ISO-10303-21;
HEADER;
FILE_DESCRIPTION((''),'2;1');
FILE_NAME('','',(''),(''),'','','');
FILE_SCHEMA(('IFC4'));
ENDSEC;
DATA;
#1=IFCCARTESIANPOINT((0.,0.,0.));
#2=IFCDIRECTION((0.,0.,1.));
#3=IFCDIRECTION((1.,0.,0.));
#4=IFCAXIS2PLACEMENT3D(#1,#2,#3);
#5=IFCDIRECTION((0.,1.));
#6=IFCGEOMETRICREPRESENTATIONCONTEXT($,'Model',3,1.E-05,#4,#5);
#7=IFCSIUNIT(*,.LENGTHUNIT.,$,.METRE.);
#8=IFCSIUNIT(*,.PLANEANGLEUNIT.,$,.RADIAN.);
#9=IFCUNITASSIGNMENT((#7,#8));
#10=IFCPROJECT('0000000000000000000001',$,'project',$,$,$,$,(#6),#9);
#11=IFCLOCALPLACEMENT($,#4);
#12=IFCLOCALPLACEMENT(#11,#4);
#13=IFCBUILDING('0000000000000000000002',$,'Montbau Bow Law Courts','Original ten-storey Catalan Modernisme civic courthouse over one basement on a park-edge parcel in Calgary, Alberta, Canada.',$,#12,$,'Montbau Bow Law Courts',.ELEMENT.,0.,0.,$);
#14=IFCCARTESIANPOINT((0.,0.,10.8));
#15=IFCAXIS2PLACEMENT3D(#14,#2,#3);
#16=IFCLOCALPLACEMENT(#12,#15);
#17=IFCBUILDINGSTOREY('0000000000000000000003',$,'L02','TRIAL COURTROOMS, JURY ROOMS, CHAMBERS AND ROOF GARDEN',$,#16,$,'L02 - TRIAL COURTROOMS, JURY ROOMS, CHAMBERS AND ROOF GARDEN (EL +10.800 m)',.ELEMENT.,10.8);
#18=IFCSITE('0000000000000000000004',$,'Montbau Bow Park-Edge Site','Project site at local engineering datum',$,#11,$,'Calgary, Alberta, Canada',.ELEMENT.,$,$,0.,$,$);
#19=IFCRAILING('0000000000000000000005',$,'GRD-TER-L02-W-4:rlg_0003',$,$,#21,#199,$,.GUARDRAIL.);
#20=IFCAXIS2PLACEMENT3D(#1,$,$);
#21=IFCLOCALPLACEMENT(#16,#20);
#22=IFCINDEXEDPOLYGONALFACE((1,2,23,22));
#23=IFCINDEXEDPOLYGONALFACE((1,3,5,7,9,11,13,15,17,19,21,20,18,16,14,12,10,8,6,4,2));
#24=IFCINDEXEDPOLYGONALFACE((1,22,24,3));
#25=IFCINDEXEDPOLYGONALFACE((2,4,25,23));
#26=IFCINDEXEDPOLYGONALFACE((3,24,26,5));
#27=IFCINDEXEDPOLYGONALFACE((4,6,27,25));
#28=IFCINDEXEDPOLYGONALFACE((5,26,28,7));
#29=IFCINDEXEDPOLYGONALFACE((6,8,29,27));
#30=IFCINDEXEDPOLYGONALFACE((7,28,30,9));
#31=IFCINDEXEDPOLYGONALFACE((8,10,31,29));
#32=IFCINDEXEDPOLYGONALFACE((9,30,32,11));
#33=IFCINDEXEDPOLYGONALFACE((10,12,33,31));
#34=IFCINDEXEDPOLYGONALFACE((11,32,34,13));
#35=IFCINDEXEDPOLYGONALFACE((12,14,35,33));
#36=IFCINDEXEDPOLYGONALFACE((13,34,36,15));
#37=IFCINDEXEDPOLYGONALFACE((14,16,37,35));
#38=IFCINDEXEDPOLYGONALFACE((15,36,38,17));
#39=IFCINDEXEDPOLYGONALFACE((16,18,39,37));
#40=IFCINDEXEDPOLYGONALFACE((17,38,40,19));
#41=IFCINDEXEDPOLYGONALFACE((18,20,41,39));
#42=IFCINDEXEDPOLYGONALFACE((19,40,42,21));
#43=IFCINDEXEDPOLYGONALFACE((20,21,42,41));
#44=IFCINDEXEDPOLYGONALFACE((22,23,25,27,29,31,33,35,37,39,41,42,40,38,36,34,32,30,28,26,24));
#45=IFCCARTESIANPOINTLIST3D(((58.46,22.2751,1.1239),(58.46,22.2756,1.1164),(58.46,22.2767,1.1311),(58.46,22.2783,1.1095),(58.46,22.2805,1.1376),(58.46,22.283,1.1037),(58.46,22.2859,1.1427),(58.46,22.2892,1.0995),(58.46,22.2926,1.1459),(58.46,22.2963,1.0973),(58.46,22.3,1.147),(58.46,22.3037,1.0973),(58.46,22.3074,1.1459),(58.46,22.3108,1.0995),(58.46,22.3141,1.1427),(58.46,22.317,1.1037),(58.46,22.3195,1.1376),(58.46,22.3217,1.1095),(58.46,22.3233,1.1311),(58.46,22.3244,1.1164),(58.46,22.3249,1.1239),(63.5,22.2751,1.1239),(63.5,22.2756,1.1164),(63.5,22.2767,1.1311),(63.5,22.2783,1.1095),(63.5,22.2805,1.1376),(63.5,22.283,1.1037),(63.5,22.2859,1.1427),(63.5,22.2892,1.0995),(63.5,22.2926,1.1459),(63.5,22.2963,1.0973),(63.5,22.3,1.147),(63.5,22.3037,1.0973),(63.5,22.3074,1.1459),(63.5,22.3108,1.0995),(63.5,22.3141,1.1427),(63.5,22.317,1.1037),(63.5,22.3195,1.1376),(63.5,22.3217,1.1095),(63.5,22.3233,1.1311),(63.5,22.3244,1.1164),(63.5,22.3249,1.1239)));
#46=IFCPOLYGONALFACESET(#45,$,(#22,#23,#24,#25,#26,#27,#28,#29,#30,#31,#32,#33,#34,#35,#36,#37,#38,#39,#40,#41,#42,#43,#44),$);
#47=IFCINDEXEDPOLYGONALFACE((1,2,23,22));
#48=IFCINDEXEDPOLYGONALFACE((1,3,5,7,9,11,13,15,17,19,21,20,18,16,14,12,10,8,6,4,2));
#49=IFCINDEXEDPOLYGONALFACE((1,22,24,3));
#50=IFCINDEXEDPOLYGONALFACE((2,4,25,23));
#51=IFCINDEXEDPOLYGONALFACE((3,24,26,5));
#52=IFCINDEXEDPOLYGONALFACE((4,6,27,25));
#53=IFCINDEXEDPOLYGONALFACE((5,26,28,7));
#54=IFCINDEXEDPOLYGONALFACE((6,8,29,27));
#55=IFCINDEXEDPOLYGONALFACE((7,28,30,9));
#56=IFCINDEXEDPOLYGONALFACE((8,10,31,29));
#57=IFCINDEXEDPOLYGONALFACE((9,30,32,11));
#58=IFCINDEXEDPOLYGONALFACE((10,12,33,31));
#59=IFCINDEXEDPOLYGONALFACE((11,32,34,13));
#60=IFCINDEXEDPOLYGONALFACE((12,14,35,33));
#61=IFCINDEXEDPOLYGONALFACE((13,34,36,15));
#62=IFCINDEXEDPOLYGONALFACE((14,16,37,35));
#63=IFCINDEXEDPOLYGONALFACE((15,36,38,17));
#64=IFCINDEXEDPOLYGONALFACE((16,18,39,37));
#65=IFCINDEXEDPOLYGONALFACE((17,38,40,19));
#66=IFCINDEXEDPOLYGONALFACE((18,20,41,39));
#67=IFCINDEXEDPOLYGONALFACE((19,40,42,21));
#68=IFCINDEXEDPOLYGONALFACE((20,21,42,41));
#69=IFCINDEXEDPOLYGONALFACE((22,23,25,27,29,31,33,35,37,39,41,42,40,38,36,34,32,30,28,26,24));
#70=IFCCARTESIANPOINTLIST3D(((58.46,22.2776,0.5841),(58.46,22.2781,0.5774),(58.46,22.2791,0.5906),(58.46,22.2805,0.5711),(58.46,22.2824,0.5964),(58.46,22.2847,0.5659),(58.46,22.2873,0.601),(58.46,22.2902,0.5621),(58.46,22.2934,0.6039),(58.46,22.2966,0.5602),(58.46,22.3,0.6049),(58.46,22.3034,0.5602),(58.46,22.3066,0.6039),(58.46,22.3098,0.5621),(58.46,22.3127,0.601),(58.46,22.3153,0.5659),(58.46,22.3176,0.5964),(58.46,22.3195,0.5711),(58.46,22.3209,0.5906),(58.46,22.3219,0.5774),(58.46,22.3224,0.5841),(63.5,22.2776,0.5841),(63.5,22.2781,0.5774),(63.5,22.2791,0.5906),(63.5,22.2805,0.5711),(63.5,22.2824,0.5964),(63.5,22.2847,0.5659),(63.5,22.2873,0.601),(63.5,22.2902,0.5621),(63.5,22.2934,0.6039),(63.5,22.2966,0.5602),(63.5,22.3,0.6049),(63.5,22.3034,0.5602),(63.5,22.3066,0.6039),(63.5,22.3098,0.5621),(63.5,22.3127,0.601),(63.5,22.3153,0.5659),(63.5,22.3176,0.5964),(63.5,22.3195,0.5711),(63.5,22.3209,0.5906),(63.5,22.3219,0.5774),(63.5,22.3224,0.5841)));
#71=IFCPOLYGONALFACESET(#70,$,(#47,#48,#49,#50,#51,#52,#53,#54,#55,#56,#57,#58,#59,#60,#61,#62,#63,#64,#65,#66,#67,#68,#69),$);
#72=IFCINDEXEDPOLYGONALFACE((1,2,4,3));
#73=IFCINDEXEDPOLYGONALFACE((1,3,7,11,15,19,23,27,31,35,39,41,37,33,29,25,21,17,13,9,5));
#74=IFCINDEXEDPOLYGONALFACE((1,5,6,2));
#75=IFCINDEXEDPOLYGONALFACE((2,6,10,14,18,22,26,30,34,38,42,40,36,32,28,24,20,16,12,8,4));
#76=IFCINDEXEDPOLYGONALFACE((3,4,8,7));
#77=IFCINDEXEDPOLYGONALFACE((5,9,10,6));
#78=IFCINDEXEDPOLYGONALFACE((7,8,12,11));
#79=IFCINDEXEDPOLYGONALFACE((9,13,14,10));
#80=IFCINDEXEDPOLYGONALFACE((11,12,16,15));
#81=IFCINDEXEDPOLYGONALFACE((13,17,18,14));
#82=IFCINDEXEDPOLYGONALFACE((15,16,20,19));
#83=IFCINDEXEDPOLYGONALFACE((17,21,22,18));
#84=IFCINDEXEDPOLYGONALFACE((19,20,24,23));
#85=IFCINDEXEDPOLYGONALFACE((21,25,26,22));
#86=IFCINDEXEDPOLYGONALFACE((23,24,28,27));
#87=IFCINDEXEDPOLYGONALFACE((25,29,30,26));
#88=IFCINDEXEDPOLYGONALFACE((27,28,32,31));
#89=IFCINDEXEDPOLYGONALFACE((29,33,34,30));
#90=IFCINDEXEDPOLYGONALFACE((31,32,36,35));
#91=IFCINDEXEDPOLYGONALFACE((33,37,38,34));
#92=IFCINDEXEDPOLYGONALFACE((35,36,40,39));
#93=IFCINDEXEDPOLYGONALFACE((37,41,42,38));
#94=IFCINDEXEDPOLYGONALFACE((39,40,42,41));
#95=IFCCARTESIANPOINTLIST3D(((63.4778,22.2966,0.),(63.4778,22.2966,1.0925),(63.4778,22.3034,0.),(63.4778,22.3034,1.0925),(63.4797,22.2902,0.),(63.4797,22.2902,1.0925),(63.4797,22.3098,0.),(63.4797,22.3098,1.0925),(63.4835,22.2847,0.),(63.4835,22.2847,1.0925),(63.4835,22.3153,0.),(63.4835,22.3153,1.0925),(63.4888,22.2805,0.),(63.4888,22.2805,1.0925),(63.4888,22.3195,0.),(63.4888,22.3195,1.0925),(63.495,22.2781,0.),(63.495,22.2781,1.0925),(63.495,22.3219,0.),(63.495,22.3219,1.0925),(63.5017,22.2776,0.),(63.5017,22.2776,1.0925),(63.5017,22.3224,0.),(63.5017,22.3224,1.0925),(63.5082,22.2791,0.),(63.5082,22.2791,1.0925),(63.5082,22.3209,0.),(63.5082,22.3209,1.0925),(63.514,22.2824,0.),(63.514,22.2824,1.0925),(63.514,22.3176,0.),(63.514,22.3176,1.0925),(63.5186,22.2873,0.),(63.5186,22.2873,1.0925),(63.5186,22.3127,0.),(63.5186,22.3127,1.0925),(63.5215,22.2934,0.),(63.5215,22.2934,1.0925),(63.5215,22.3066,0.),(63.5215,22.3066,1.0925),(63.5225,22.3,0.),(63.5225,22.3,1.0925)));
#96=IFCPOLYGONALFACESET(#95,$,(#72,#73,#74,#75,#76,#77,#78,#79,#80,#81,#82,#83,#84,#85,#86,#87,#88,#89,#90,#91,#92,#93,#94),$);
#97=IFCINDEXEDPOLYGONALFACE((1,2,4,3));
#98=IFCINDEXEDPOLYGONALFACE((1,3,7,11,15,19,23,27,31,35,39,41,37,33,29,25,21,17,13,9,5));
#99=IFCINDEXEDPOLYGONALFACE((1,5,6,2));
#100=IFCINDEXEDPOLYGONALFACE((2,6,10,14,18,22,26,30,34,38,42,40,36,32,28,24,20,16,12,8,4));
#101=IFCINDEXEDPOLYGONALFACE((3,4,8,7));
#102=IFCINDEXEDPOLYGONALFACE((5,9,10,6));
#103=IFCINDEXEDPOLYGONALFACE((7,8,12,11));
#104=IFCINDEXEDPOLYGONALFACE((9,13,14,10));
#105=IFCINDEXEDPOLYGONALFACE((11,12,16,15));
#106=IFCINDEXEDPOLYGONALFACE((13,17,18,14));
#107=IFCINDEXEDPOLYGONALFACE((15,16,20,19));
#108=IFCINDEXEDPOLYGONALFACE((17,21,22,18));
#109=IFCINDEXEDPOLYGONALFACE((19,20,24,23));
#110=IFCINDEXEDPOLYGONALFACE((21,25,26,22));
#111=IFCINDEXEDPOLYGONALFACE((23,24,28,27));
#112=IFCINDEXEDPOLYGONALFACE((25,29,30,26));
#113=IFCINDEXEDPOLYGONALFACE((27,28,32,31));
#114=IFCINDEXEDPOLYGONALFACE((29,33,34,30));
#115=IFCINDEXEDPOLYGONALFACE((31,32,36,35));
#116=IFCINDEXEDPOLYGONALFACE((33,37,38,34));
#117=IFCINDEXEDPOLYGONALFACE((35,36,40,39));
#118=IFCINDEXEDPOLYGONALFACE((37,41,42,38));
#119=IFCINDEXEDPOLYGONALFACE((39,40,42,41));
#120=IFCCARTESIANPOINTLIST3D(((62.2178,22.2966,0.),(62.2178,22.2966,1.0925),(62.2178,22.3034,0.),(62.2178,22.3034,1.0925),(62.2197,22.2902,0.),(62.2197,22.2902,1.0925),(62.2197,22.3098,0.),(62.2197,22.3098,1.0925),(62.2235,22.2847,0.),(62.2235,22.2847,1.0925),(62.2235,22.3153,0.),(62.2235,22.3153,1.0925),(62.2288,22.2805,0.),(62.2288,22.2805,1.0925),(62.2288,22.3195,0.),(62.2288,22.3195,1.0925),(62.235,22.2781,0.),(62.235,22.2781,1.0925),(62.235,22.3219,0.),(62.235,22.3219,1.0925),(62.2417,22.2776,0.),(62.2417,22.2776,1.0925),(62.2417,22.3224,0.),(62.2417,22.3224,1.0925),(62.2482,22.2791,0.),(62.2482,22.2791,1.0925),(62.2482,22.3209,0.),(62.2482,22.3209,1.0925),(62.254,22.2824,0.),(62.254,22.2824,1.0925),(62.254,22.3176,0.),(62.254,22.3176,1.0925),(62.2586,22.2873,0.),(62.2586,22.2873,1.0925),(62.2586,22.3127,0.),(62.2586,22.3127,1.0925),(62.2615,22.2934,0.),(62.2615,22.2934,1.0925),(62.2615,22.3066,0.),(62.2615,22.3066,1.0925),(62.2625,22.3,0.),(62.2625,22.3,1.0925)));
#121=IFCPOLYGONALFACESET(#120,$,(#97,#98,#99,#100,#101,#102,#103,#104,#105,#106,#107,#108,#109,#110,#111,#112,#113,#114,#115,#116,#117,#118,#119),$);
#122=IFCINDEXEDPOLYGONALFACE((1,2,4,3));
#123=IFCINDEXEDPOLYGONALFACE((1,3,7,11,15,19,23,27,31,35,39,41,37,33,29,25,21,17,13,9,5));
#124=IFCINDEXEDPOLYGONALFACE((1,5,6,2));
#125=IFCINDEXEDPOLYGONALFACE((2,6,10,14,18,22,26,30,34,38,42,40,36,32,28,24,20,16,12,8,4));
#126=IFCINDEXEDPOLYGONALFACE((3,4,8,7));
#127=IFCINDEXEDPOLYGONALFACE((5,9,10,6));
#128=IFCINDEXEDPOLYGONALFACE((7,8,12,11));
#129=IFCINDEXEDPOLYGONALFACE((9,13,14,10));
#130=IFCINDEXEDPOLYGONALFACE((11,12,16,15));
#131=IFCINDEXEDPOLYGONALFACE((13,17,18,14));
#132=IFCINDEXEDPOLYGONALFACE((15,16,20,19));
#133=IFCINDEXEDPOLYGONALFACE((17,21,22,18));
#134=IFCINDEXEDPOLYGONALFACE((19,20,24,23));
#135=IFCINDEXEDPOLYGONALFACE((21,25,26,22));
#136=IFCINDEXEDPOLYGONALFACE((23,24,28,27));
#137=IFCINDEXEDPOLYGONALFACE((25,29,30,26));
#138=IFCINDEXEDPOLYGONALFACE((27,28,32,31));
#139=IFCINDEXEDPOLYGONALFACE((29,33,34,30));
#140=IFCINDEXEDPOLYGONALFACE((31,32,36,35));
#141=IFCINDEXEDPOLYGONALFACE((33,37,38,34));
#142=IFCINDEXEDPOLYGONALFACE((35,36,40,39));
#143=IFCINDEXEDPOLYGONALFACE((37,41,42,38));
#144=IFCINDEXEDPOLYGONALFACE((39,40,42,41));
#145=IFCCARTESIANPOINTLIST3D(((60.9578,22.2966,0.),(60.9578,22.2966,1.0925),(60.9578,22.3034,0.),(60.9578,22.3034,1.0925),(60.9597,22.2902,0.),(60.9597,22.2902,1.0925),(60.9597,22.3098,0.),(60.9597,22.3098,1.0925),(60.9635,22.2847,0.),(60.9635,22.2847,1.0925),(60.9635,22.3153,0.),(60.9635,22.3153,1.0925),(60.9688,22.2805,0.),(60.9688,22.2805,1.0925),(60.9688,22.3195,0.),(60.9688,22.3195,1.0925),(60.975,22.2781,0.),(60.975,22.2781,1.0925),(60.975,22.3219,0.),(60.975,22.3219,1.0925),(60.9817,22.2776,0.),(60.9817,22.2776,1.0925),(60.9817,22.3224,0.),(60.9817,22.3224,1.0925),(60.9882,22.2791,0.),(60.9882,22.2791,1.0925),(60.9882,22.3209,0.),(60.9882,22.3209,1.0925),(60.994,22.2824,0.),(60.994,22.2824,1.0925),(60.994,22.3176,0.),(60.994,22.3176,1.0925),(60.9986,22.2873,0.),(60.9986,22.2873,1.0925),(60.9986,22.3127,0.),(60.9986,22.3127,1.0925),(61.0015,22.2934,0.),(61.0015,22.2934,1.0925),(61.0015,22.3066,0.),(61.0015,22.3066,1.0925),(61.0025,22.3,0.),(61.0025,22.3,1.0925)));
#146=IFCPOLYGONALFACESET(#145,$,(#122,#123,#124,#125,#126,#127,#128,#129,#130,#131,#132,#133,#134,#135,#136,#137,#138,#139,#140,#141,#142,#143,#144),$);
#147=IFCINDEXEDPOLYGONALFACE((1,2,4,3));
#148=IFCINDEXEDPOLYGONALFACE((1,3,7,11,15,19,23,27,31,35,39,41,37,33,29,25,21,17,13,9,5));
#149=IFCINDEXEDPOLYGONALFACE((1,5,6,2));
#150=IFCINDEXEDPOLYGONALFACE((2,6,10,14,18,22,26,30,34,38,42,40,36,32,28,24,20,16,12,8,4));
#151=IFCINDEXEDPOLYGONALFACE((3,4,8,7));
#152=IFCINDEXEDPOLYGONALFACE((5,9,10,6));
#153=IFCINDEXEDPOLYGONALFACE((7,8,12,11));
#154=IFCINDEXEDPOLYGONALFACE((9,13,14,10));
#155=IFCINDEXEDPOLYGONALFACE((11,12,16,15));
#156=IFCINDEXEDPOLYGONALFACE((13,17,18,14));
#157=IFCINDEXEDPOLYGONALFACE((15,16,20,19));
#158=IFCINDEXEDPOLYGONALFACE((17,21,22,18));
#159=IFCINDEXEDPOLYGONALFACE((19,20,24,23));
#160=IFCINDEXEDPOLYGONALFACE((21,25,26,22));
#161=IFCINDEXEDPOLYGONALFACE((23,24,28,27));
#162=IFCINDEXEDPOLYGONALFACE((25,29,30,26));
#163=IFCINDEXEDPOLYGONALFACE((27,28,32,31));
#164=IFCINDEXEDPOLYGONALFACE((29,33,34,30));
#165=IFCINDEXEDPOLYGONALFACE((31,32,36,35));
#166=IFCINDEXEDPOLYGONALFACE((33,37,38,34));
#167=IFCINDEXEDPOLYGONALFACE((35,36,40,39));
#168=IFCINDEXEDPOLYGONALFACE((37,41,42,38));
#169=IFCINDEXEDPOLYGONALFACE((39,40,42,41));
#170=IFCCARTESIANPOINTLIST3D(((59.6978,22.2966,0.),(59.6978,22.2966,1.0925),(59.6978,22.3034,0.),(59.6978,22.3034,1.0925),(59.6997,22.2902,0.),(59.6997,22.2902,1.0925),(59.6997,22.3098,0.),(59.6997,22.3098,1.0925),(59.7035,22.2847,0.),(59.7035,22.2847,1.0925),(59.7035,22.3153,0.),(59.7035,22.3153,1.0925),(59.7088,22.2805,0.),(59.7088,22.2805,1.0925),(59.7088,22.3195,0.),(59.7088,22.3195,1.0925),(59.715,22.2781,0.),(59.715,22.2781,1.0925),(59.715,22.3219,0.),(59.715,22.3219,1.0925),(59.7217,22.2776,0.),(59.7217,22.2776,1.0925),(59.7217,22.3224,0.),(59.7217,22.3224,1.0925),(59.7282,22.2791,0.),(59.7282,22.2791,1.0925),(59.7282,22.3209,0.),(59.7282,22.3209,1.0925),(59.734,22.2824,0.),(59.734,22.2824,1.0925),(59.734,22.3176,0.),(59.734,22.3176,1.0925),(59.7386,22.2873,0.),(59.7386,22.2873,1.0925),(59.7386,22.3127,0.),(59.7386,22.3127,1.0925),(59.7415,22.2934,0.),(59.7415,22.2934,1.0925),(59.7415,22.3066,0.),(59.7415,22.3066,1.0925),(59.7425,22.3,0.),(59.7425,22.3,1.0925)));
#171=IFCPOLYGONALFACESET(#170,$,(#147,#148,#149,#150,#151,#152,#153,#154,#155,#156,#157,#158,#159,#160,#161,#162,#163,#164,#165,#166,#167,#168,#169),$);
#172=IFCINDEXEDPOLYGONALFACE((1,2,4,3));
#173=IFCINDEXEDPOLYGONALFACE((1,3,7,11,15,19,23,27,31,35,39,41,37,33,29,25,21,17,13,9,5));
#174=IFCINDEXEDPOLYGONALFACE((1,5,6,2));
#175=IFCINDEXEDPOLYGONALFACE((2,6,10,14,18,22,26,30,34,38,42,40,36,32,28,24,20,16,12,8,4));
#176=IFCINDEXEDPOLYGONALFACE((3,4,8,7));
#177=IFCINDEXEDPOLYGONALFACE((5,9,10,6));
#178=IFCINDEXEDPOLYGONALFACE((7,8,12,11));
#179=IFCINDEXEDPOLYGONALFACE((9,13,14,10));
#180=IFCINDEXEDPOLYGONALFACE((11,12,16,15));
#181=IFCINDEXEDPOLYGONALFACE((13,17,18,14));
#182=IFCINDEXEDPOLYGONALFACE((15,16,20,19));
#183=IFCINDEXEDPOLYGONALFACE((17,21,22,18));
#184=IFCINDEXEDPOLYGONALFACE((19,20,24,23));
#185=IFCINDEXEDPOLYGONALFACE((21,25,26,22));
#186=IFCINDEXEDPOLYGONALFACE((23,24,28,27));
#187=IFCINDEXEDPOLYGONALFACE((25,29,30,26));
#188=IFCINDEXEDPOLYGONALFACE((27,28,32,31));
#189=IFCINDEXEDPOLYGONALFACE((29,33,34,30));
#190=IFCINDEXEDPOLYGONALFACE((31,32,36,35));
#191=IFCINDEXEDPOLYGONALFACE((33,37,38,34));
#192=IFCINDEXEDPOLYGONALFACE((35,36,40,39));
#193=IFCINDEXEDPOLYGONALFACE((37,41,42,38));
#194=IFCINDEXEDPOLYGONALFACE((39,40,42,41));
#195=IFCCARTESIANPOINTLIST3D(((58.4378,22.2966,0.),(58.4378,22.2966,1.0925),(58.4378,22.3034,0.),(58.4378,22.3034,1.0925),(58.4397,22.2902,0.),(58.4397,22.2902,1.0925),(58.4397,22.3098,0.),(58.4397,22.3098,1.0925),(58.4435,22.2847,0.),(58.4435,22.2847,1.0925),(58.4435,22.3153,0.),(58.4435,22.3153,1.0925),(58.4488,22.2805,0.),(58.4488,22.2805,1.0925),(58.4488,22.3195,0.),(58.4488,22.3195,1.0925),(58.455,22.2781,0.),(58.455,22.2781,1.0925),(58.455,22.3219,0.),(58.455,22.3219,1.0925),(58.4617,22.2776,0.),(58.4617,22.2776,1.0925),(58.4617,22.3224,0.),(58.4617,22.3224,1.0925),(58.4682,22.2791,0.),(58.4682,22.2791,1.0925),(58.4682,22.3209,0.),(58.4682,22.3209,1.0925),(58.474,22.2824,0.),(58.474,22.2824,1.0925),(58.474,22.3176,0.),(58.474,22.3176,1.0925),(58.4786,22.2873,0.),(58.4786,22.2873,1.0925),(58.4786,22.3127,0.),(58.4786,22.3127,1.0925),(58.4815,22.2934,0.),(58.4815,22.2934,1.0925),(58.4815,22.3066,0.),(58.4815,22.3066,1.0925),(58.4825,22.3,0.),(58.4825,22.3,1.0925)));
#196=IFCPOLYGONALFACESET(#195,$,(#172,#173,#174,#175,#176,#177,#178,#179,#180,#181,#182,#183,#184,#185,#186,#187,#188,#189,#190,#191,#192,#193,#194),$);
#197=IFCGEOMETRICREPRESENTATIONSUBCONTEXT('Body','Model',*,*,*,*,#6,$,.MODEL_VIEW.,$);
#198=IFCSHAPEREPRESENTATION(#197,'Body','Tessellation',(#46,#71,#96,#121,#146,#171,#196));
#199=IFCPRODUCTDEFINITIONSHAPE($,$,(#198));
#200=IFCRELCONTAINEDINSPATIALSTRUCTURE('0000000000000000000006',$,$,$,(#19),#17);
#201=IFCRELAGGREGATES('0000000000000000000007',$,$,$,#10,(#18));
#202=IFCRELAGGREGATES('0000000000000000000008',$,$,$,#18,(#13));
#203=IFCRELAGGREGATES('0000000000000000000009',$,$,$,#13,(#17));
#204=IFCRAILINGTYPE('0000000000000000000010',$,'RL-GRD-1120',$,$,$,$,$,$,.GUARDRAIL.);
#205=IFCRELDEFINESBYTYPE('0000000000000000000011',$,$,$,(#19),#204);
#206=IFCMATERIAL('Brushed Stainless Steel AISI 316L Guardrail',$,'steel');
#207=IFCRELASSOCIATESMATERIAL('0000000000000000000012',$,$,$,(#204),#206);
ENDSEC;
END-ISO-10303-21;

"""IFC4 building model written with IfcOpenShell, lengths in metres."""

from ifc_helpers import new_model, si_unit, direction, frame, origin_with_axes, origin_2d_with_axis, place, context, subcontext, project, spatial, circle, extrude, material, type_object, element, save


model = new_model("IFC4")

# Units and contexts
model_context = context("Model", 3, precision=1e-05, world=origin_with_axes(), true_north=direction((0.0, 1.0)))
body_context = subcontext(model_context, "Body", "Model", "MODEL_VIEW")
ifc_project = project(units=[si_unit("LENGTHUNIT", "METRE"), si_unit("PLANEANGLEUNIT", "RADIAN")], contexts=[model_context])

# Site, building, storey
site_placement = place(None, origin_with_axes())
site = spatial("IfcSite", under=ifc_project, at=site_placement, Name="Montbau Bow Park-Edge Site", Description="Project site at local engineering datum", LongName="Calgary, Alberta, Canada", CompositionType="ELEMENT", RefElevation=0.0)
building_placement = place(site_placement, origin_with_axes())
building = spatial("IfcBuilding", under=site, at=building_placement, Name="Montbau Bow Law Courts", Description="Original ten-storey Catalan Modernisme civic courthouse over one basement on a park-edge parcel in Calgary, Alberta, Canada.", LongName="Montbau Bow Law Courts", CompositionType="ELEMENT", ElevationOfRefHeight=0.0, ElevationOfTerrain=0.0)
storey_placement = place(building_placement, frame((0.0, 0.0, 10.8), z_axis=(0.0, 0.0, 1.0), x_axis=(1.0, 0.0, 0.0)))
storey = spatial("IfcBuildingStorey", under=building, at=storey_placement, Name="L02", Description="TRIAL COURTROOMS, JURY ROOMS, CHAMBERS AND ROOF GARDEN", LongName="L02 - TRIAL COURTROOMS, JURY ROOMS, CHAMBERS AND ROOF GARDEN (EL +10.800 m)", CompositionType="ELEMENT", Elevation=10.8)

# Railing
ifc_material_1 = material(Name="Brushed Stainless Steel AISI 316L Guardrail", Category="steel")
railing_type_1 = type_object("IfcRailingType", Name="RL-GRD-1120", PredefinedType="GUARDRAIL", material=ifc_material_1)
railing_1_placement = place(None, origin_with_axes())
element("IfcRailing", 1, at=railing_1_placement, inside=storey, type_object=railing_type_1, Name="GRD-TER-L02-W-4:rlg_0003", PredefinedType="GUARDRAIL", context=body_context, shape_type="SweptSolid", body=[
    extrude(circle(Radius=0.025, at=origin_2d_with_axis()), frame((63.5, 22.3, 11.922), z_axis=(-1.0, 0.0, 0.0), x_axis=(0.0, 0.0, 1.0)), (0.0, 0.0, 1.0), 5.04),
    extrude(circle(Radius=0.0225, at=origin_2d_with_axis()), frame((63.5, 22.3, 11.3824), z_axis=(-1.0, 0.0, 0.0), x_axis=(0.0, 0.0, 1.0)), (0.0, 0.0, 1.0), 5.04),
    extrude(circle(Radius=0.0225, at=origin_2d_with_axis()), frame((63.5, 22.3, 10.8), z_axis=(0.0, 0.0, 1.0), x_axis=(1.0, 0.0, 0.0)), (0.0, 0.0, 1.0), 1.0925),
    extrude(circle(Radius=0.0225, at=origin_2d_with_axis()), frame((62.24, 22.3, 10.8), z_axis=(0.0, 0.0, 1.0), x_axis=(1.0, 0.0, 0.0)), (0.0, 0.0, 1.0), 1.0925),
    extrude(circle(Radius=0.0225, at=origin_2d_with_axis()), frame((60.98, 22.3, 10.8), z_axis=(0.0, 0.0, 1.0), x_axis=(1.0, 0.0, 0.0)), (0.0, 0.0, 1.0), 1.0925),
    extrude(circle(Radius=0.0225, at=origin_2d_with_axis()), frame((59.72, 22.3, 10.8), z_axis=(0.0, 0.0, 1.0), x_axis=(1.0, 0.0, 0.0)), (0.0, 0.0, 1.0), 1.0925),
    extrude(circle(Radius=0.0225, at=origin_2d_with_axis()), frame((58.46, 22.3, 10.8), z_axis=(0.0, 0.0, 1.0), x_axis=(1.0, 0.0, 0.0)), (0.0, 0.0, 1.0), 1.0925),
])

save(model, "model.ifc")
